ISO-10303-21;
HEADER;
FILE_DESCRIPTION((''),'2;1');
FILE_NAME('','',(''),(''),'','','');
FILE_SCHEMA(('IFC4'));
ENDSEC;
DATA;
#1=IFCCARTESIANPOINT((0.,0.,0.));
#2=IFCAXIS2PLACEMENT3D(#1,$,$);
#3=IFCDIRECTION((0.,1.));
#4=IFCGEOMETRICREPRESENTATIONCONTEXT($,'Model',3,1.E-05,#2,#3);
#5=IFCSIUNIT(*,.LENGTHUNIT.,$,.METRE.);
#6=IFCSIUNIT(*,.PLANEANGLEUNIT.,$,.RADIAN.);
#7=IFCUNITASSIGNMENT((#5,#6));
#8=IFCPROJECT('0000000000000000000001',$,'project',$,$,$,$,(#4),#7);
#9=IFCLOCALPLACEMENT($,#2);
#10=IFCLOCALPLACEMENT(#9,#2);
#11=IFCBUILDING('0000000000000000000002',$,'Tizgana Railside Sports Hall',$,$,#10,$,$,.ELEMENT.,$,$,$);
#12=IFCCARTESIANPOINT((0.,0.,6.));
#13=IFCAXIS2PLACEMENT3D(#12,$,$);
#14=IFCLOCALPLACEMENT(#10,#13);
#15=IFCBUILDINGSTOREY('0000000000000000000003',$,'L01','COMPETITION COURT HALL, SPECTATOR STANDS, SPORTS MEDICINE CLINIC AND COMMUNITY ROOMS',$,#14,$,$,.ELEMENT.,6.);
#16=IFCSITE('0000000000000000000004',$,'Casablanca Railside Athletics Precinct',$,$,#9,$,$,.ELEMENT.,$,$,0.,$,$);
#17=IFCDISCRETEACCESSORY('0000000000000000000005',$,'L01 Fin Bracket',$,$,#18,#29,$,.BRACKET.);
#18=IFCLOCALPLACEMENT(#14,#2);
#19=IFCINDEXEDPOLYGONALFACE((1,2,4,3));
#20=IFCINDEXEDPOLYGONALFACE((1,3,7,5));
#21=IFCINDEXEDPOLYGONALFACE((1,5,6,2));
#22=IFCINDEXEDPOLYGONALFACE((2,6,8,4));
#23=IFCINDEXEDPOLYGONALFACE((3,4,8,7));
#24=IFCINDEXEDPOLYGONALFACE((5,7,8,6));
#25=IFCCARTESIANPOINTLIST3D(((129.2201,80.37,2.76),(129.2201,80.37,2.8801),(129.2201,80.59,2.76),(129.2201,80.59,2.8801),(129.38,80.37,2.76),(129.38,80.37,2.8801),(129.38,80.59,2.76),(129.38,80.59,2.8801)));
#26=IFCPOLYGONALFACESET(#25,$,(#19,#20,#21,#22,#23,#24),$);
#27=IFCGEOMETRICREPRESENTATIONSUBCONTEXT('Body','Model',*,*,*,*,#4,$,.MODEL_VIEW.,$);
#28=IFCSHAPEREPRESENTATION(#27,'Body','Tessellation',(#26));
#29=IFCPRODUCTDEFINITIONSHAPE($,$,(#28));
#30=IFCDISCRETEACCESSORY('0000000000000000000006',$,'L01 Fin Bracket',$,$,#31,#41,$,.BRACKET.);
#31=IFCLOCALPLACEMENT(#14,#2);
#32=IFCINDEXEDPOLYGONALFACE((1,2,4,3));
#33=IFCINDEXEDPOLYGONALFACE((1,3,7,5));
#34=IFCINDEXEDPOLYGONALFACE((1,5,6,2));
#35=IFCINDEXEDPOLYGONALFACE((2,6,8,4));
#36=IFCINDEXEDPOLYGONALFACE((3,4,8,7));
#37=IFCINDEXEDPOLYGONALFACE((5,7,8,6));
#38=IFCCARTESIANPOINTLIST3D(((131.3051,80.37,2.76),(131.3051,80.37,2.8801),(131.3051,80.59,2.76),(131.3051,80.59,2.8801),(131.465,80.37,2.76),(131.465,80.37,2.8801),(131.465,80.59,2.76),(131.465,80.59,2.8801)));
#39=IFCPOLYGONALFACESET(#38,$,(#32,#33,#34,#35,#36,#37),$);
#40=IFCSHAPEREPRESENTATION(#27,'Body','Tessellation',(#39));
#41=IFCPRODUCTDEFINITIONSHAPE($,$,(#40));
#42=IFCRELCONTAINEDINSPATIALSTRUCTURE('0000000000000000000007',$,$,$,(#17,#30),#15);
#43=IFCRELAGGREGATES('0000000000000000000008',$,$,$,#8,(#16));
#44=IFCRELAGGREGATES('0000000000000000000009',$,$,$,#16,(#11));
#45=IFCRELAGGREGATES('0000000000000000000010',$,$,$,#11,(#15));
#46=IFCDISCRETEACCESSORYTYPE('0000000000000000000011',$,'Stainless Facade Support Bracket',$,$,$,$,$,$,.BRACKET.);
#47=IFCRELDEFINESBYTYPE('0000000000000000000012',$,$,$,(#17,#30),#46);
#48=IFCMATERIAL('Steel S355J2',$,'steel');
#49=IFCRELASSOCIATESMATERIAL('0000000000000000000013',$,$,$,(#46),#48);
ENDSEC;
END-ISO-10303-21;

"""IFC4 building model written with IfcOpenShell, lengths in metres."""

from ifc_helpers import new_model, si_unit, direction, frame, origin, origin_2d, place, context, subcontext, project, spatial, rectangle, extrude, material, type_object, element, save


model = new_model("IFC4")

# Units and contexts
model_context = context("Model", 3, precision=1e-05, world=origin(), true_north=direction((0.0, 1.0)))
body_context = subcontext(model_context, "Body", "Model", "MODEL_VIEW")
ifc_project = project(units=[si_unit("LENGTHUNIT", "METRE"), si_unit("PLANEANGLEUNIT", "RADIAN")], contexts=[model_context])

# Site, building, storey
site_placement = place(None, origin())
site = spatial("IfcSite", under=ifc_project, at=site_placement, Name="Casablanca Railside Athletics Precinct", CompositionType="ELEMENT", RefElevation=0.0)
building_placement = place(site_placement, origin())
building = spatial("IfcBuilding", under=site, at=building_placement, Name="Tizgana Railside Sports Hall", CompositionType="ELEMENT")
storey_placement = place(building_placement, frame((0.0, 0.0, 6.0)))
storey = spatial("IfcBuildingStorey", under=building, at=storey_placement, Name="L01", Description="COMPETITION COURT HALL, SPECTATOR STANDS, SPORTS MEDICINE CLINIC AND COMMUNITY ROOMS", CompositionType="ELEMENT", Elevation=6.0)

# Shared definitions
ifc_material_1 = material(Name="Steel S355J2", Category="steel")

# Discrete accessories
discrete_accessory_type = type_object("IfcDiscreteAccessoryType", Name="Stainless Facade Support Bracket", PredefinedType="BRACKET", material=ifc_material_1)
for number, where, z_axis, x_axis, name in (
    (1, (129.3, 80.48, 2.76), (0.0, 0.0, 1.0), (1.0, 0.0, 0.0), "L01 Fin Bracket"),
    (2, (131.385, 80.48, 2.76), (0.0, 0.0, 1.0), (1.0, 0.0, 0.0), "L01 Fin Bracket"),
):
    element("IfcDiscreteAccessory", number, at=place(storey_placement, frame(where, z_axis=z_axis, x_axis=x_axis)), inside=storey, type_object=discrete_accessory_type, Name=name, PredefinedType="BRACKET", context=body_context, shape_type="SweptSolid", body=[
        extrude(rectangle(XDim=0.1599, YDim=0.22, at=origin_2d()), origin(), (0.0, 0.0, 1.0), 0.1201),
    ])

save(model, "model.ifc")
